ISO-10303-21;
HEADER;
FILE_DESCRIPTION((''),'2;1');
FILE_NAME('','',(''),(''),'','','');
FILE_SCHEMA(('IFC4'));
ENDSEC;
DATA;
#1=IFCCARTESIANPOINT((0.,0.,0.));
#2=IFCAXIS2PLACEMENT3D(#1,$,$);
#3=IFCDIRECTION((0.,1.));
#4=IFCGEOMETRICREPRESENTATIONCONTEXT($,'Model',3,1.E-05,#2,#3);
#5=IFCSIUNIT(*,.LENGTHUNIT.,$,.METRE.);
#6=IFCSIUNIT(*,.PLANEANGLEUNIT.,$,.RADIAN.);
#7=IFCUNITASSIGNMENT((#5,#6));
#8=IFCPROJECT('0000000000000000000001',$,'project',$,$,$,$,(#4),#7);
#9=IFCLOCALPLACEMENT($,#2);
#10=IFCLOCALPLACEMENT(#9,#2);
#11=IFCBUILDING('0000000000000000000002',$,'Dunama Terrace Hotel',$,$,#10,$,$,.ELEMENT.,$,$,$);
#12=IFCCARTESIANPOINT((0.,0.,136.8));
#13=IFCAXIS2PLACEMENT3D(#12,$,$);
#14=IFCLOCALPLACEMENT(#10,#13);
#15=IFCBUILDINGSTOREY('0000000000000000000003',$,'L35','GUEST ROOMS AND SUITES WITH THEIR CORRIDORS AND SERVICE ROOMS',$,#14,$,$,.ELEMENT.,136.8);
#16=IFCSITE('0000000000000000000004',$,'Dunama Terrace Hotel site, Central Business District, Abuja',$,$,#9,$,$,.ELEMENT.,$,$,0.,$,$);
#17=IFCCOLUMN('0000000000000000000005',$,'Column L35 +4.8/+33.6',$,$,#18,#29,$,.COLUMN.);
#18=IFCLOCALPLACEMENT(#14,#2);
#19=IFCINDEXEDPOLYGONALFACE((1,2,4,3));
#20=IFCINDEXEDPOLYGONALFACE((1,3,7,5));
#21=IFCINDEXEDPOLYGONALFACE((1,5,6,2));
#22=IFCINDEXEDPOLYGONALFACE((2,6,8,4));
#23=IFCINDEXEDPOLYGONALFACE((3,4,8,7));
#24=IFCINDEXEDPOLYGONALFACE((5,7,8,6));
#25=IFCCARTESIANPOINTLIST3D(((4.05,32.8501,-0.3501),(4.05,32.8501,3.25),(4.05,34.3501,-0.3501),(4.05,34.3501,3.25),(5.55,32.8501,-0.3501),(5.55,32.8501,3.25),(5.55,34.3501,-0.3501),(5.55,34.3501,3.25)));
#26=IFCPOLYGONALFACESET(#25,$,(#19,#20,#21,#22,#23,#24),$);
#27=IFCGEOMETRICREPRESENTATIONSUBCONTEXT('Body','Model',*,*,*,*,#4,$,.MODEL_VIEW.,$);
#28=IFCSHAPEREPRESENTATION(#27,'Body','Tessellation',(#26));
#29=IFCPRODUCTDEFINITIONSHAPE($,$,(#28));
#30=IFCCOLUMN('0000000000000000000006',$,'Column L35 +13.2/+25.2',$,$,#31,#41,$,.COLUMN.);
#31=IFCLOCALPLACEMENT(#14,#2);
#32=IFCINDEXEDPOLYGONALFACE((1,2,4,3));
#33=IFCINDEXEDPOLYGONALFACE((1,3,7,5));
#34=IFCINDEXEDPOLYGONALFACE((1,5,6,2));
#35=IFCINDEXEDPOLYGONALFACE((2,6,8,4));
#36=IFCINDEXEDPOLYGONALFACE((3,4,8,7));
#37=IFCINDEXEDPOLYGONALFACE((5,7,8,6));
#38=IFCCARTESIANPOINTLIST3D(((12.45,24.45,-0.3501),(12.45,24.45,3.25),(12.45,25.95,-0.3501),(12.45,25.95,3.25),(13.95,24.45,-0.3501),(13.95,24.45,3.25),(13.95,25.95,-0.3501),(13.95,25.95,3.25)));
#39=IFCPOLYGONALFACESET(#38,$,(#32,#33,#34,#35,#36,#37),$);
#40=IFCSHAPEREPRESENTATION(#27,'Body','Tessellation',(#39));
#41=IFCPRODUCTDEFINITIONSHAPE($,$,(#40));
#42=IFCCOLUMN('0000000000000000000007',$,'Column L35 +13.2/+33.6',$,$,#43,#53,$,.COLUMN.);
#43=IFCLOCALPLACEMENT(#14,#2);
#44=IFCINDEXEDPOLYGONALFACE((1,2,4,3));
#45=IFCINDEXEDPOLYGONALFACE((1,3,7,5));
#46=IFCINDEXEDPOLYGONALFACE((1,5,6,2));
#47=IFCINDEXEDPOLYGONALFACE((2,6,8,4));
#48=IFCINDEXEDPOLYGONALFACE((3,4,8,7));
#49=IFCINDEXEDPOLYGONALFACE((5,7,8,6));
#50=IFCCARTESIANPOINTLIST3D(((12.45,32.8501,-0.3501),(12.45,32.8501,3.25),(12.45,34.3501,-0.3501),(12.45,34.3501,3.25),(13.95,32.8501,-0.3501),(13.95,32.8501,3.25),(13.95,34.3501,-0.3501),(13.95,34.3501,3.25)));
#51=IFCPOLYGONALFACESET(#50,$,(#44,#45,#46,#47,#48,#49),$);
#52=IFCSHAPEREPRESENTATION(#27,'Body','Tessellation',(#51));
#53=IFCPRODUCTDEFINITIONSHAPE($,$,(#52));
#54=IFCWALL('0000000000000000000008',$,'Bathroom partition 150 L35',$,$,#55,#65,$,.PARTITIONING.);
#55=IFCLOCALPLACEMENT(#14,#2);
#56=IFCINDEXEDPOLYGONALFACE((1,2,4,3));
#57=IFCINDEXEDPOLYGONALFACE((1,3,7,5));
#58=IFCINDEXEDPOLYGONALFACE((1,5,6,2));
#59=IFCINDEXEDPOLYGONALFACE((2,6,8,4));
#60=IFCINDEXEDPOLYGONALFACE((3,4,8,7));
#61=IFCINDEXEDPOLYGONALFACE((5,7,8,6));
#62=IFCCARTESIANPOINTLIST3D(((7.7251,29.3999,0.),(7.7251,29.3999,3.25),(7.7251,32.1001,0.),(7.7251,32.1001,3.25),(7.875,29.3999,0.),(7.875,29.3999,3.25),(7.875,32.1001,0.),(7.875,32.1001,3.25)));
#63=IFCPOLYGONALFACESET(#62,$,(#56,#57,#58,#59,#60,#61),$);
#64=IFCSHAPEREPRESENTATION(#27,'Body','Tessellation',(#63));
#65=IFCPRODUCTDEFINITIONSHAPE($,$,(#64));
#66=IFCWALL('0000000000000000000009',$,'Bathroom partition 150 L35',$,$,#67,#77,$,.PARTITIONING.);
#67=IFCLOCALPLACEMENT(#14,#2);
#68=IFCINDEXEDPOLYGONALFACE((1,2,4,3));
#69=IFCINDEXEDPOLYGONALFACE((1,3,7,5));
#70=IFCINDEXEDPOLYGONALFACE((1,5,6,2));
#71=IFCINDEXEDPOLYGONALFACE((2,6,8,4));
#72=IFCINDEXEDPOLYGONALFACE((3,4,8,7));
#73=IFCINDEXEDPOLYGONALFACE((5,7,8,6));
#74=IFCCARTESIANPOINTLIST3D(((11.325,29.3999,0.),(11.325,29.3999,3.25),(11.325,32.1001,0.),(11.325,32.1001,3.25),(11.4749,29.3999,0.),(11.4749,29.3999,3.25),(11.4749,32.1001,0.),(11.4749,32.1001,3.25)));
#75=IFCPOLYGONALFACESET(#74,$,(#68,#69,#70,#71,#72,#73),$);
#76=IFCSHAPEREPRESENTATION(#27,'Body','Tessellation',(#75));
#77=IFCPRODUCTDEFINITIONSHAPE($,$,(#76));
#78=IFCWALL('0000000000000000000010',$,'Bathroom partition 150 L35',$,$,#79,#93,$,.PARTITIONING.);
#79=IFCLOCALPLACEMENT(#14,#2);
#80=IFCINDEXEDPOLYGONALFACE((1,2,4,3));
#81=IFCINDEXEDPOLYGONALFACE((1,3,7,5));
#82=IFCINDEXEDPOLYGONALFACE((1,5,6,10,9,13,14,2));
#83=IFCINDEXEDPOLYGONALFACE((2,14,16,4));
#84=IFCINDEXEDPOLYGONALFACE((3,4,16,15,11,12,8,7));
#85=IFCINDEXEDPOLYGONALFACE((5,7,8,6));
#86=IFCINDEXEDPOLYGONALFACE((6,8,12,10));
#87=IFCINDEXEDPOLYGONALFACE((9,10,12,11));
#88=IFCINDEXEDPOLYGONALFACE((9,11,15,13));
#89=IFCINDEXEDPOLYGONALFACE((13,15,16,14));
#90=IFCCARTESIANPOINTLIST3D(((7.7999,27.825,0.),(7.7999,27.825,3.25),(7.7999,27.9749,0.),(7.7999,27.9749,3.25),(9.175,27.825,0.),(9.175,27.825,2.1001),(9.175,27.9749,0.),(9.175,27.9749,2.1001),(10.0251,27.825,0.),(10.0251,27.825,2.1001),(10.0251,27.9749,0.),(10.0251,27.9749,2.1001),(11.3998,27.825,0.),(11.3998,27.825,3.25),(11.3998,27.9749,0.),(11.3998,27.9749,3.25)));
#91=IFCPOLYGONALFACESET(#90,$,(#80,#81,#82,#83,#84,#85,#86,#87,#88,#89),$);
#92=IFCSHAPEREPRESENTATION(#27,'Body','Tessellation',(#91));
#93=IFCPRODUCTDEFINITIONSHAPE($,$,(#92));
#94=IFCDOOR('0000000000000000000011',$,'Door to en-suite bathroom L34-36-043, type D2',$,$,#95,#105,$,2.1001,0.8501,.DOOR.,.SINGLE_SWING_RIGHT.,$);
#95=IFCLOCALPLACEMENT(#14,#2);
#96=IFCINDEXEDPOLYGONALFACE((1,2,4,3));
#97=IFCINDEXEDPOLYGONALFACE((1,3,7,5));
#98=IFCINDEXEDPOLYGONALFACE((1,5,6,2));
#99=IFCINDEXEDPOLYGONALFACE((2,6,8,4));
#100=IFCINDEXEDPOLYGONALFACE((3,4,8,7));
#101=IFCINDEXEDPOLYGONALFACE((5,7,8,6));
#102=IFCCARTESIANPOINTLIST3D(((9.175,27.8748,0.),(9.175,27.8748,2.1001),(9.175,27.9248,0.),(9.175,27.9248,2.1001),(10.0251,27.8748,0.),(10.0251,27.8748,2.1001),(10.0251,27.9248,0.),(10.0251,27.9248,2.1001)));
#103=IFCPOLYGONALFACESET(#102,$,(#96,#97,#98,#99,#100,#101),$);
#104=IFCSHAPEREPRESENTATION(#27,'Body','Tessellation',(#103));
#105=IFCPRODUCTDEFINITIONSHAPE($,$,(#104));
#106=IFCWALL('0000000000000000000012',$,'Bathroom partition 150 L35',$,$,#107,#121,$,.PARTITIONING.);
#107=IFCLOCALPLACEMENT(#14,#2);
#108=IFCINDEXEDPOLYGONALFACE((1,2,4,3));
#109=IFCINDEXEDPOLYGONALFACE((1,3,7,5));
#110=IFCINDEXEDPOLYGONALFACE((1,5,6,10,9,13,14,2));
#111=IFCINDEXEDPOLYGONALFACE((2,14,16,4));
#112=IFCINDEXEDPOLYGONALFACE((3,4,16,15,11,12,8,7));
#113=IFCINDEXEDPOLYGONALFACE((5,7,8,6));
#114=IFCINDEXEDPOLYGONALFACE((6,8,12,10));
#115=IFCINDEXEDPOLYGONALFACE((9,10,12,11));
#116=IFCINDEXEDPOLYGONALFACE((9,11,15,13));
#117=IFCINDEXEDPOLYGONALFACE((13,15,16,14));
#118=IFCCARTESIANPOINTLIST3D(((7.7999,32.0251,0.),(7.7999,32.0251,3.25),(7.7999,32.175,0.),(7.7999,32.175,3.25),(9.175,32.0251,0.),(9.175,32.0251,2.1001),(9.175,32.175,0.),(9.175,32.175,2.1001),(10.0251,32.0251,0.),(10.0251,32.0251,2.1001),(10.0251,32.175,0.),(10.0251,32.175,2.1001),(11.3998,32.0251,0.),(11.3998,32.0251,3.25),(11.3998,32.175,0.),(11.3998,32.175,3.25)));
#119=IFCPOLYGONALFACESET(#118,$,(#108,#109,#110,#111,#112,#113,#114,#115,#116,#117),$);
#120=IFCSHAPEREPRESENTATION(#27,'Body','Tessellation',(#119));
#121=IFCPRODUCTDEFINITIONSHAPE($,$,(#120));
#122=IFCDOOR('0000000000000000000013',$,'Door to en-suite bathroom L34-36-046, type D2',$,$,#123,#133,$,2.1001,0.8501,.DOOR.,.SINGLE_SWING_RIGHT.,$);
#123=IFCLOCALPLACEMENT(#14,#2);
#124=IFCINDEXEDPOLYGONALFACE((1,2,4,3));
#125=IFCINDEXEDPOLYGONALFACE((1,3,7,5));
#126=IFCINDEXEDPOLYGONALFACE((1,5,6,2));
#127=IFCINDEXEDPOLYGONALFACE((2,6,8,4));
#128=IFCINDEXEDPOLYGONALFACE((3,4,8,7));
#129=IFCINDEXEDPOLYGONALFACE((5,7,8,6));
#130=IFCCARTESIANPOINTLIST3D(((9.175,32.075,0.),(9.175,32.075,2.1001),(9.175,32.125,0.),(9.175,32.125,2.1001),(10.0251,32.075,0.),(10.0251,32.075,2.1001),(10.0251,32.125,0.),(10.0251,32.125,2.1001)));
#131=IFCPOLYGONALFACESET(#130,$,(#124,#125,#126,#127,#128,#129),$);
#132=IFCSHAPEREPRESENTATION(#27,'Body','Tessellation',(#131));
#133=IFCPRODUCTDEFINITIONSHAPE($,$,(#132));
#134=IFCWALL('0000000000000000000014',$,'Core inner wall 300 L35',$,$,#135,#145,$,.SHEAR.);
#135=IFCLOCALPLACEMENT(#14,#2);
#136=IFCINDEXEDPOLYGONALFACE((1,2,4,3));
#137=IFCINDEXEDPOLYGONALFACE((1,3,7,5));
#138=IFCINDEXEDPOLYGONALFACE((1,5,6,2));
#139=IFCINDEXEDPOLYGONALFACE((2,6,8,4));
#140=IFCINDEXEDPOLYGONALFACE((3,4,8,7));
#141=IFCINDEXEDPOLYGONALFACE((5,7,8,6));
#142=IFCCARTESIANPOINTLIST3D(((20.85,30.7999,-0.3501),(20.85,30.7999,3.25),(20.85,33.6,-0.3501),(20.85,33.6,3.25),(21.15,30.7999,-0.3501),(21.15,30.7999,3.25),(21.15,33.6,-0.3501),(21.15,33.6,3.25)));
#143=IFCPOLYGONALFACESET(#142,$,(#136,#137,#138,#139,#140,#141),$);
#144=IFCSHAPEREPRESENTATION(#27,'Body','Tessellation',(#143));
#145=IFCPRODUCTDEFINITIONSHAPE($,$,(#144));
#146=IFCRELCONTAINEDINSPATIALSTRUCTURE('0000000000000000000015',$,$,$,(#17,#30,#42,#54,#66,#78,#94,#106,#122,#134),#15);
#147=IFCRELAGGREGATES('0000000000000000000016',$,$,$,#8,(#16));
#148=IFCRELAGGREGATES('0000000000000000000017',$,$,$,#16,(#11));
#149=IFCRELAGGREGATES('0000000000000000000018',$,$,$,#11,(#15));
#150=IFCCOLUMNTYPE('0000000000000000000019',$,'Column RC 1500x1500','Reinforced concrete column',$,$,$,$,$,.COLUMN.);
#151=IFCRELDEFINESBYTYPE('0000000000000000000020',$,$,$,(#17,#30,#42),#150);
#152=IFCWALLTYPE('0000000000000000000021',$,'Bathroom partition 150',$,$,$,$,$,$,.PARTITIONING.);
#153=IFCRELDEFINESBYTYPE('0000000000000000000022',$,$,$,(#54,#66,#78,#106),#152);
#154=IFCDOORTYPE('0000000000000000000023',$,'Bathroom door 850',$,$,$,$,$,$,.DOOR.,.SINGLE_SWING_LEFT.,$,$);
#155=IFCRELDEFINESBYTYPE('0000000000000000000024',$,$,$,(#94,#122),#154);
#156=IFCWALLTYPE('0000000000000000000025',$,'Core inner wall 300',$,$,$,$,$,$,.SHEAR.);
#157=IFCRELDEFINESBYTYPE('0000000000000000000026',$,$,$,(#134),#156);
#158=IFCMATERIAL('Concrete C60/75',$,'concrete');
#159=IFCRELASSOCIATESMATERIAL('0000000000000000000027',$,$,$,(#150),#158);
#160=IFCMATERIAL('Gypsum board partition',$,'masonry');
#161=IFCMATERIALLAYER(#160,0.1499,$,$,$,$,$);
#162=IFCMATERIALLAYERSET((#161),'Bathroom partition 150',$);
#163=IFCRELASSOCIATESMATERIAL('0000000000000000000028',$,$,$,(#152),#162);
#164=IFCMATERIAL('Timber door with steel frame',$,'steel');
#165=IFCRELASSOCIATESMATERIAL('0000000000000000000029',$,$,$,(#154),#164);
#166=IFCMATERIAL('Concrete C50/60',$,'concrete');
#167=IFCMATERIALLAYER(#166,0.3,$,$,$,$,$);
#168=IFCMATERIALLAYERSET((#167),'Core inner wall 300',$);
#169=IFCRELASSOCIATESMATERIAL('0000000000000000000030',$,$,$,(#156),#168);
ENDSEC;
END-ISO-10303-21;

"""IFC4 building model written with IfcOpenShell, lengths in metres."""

from ifc_helpers import new_model, si_unit, direction, frame, frame_2d, origin, origin_2d, place, context, subcontext, project, spatial, rectangle, extrude, material, layer, layer_set, material_profile, profile_set, type_object, element, fill, save


model = new_model("IFC4")

# Units and contexts
model_context = context("Model", 3, precision=1e-05, world=origin(), true_north=direction((0.0, 1.0)))
body_context = subcontext(model_context, "Body", "Model", "MODEL_VIEW")
ifc_project = project(units=[si_unit("LENGTHUNIT", "METRE"), si_unit("PLANEANGLEUNIT", "RADIAN")], contexts=[model_context])

# Site, building, storey
site_placement = place(None, origin())
site = spatial("IfcSite", under=ifc_project, at=site_placement, Name="Dunama Terrace Hotel site, Central Business District, Abuja", CompositionType="ELEMENT", RefElevation=0.0)
building_placement = place(site_placement, origin())
building = spatial("IfcBuilding", under=site, at=building_placement, Name="Dunama Terrace Hotel", CompositionType="ELEMENT")
storey_placement = place(building_placement, frame((0.0, 0.0, 136.8)))
storey = spatial("IfcBuildingStorey", under=building, at=storey_placement, Name="L35", Description="GUEST ROOMS AND SUITES WITH THEIR CORRIDORS AND SERVICE ROOMS", CompositionType="ELEMENT", Elevation=136.8)

# Columns
ifc_material_1 = material(Name="Concrete C60/75", Category="concrete")
ifc_material_profile = material_profile(ifc_material_1, rectangle(XDim=1.5, YDim=1.5, at=origin_2d()), Name="RC 1500x1500")
ifc_profile_set = profile_set([ifc_material_profile], Name="Concrete C60/75")
column_type = type_object("IfcColumnType", Name="Column RC 1500x1500", Description="Reinforced concrete column", PredefinedType="COLUMN", material=ifc_profile_set)
for number, where, z_axis, x_axis, name in (
    (1, (4.8, 33.6001, -0.3501), (0.0, 0.0, 1.0), (1.0, 0.0, 0.0), "Column L35 +4.8/+33.6"),
    (2, (13.2, 25.2, -0.3501), (0.0, 0.0, 1.0), (1.0, 0.0, 0.0), "Column L35 +13.2/+25.2"),
    (3, (13.2, 33.6001, -0.3501), (0.0, 0.0, 1.0), (1.0, 0.0, 0.0), "Column L35 +13.2/+33.6"),
):
    element("IfcColumn", number, at=place(storey_placement, frame(where, z_axis=z_axis, x_axis=x_axis)), inside=storey, type_object=column_type, Name=name, PredefinedType="COLUMN", context=body_context, shape_type="SweptSolid", body=[
        extrude(rectangle(XDim=1.5, YDim=1.5, at=origin_2d()), origin(), (0.0, 0.0, 1.0), 3.6001),
    ])

# Walls
ifc_material_2 = material(Name="Gypsum board partition", Category="masonry")
ifc_layer_1 = layer(ifc_material_2, 0.1499)
ifc_layer_set_1 = layer_set([ifc_layer_1], Name="Bathroom partition 150")
wall_type_1 = type_object("IfcWallType", Name="Bathroom partition 150", PredefinedType="PARTITIONING", material=ifc_layer_set_1)
for number, where, z_axis, x_axis, name in (
    (4, (7.8, 29.3999, 0.0), (0.0, 0.0, 1.0), (0.0, 1.0, 0.0), "Bathroom partition 150 L35"),
    (5, (11.3999, 29.3999, 0.0), (0.0, 0.0, 1.0), (0.0, 1.0, 0.0), "Bathroom partition 150 L35"),
):
    element("IfcWall", number, at=place(storey_placement, frame(where, z_axis=z_axis, x_axis=x_axis)), inside=storey, type_object=wall_type_1, Name=name, PredefinedType="PARTITIONING", context=body_context, shape_type="SweptSolid", body=[
        extrude(rectangle(XDim=2.7002, YDim=0.1499, at=frame_2d((1.3501, 0.0))), origin(), (0.0, 0.0, 1.0), 3.25),
    ])

# Walls, openings, doors
wall_1_placement = place(storey_placement, frame((7.8, 27.8999, 0.0), z_axis=(0.0, 0.0, 1.0), x_axis=(1.0, 0.0, 0.0)))
wall_1 = element("IfcWall", 6, at=wall_1_placement, inside=storey, type_object=wall_type_1, Name="Bathroom partition 150 L35", PredefinedType="PARTITIONING", context=body_context, shape_type="SweptSolid", body=[
    extrude(rectangle(XDim=3.5999, YDim=0.1499, at=frame_2d((1.7998, 0.0))), origin(), (0.0, 0.0, 1.0), 3.25),
])
opening_1_placement = place(wall_1_placement, frame((1.375, 0.0, 0.0)))
opening_1 = element("IfcOpeningElement", 7, at=opening_1_placement, cuts=wall_1, PredefinedType="OPENING", context=body_context, shape_type="SweptSolid", body=[
    extrude(rectangle(XDim=0.8501, YDim=2.1001, at=frame_2d((0.425, 1.05))), frame((0.0, 0.085, 0.0), z_axis=(0.0, -1.0, 0.0), x_axis=(1.0, 0.0, 0.0)), (0.0, 0.0, 1.0), 0.1699),
])
ifc_material_3 = material(Name="Timber door with steel frame", Category="steel")
door_type_1 = type_object("IfcDoorType", Name="Bathroom door 850", OperationType="SINGLE_SWING_LEFT", PredefinedType="DOOR", material=ifc_material_3)
door_1_placement = place(opening_1_placement, frame((0.8501, 0.0, 0.0), z_axis=(0.0, 0.0, 1.0), x_axis=(-1.0, 0.0, 0.0)))
door_1 = element("IfcDoor", 8, at=door_1_placement, inside=storey, type_object=door_type_1, Name="Door to en-suite bathroom L34-36-043, type D2", OperationType="SINGLE_SWING_RIGHT", OverallHeight=2.1001, OverallWidth=0.8501, PredefinedType="DOOR", context=body_context, shape_type="SweptSolid", body=[
    extrude(rectangle(XDim=0.8501, YDim=2.1001, at=frame_2d((0.425, 1.05))), frame((0.0, 0.0251, 0.0), z_axis=(0.0, -1.0, 0.0), x_axis=(1.0, 0.0, 0.0)), (0.0, 0.0, 1.0), 0.05),
])
fill(opening_1, door_1)
wall_2_placement = place(storey_placement, frame((7.8, 32.1001, 0.0), z_axis=(0.0, 0.0, 1.0), x_axis=(1.0, 0.0, 0.0)))
wall_2 = element("IfcWall", 9, at=wall_2_placement, inside=storey, type_object=wall_type_1, Name="Bathroom partition 150 L35", PredefinedType="PARTITIONING", context=body_context, shape_type="SweptSolid", body=[
    extrude(rectangle(XDim=3.5999, YDim=0.1499, at=frame_2d((1.7998, 0.0))), origin(), (0.0, 0.0, 1.0), 3.25),
])
opening_2_placement = place(wall_2_placement, frame((1.375, 0.0, 0.0)))
opening_2 = element("IfcOpeningElement", 10, at=opening_2_placement, cuts=wall_2, PredefinedType="OPENING", context=body_context, shape_type="SweptSolid", body=[
    extrude(rectangle(XDim=0.8501, YDim=2.1001, at=frame_2d((0.425, 1.05))), frame((0.0, 0.085, 0.0), z_axis=(0.0, -1.0, 0.0), x_axis=(1.0, 0.0, 0.0)), (0.0, 0.0, 1.0), 0.1699),
])
door_2_placement = place(opening_2_placement, frame((0.8501, 0.0, 0.0), z_axis=(0.0, 0.0, 1.0), x_axis=(-1.0, 0.0, 0.0)))
door_2 = element("IfcDoor", 11, at=door_2_placement, inside=storey, type_object=door_type_1, Name="Door to en-suite bathroom L34-36-046, type D2", OperationType="SINGLE_SWING_RIGHT", OverallHeight=2.1001, OverallWidth=0.8501, PredefinedType="DOOR", context=body_context, shape_type="SweptSolid", body=[
    extrude(rectangle(XDim=0.8501, YDim=2.1001, at=frame_2d((0.425, 1.05))), frame((0.0, 0.0251, 0.0), z_axis=(0.0, -1.0, 0.0), x_axis=(1.0, 0.0, 0.0)), (0.0, 0.0, 1.0), 0.05),
])
fill(opening_2, door_2)

# Wall
ifc_material_4 = material(Name="Concrete C50/60", Category="concrete")
ifc_layer_2 = layer(ifc_material_4, 0.3)
ifc_layer_set_2 = layer_set([ifc_layer_2], Name="Core inner wall 300")
wall_type_2 = type_object("IfcWallType", Name="Core inner wall 300", PredefinedType="SHEAR", material=ifc_layer_set_2)
wall_3_placement = place(storey_placement, frame((21.0, 30.8, -0.3501), z_axis=(0.0, 0.0, 1.0), x_axis=(0.0, 1.0, 0.0)))
element("IfcWall", 12, at=wall_3_placement, inside=storey, type_object=wall_type_2, Name="Core inner wall 300 L35", PredefinedType="SHEAR", context=body_context, shape_type="SweptSolid", body=[
    extrude(rectangle(XDim=2.8, YDim=0.3, at=frame_2d((1.3999, 0.0))), origin(), (0.0, 0.0, 1.0), 3.6001),
])

save(model, "model.ifc")
